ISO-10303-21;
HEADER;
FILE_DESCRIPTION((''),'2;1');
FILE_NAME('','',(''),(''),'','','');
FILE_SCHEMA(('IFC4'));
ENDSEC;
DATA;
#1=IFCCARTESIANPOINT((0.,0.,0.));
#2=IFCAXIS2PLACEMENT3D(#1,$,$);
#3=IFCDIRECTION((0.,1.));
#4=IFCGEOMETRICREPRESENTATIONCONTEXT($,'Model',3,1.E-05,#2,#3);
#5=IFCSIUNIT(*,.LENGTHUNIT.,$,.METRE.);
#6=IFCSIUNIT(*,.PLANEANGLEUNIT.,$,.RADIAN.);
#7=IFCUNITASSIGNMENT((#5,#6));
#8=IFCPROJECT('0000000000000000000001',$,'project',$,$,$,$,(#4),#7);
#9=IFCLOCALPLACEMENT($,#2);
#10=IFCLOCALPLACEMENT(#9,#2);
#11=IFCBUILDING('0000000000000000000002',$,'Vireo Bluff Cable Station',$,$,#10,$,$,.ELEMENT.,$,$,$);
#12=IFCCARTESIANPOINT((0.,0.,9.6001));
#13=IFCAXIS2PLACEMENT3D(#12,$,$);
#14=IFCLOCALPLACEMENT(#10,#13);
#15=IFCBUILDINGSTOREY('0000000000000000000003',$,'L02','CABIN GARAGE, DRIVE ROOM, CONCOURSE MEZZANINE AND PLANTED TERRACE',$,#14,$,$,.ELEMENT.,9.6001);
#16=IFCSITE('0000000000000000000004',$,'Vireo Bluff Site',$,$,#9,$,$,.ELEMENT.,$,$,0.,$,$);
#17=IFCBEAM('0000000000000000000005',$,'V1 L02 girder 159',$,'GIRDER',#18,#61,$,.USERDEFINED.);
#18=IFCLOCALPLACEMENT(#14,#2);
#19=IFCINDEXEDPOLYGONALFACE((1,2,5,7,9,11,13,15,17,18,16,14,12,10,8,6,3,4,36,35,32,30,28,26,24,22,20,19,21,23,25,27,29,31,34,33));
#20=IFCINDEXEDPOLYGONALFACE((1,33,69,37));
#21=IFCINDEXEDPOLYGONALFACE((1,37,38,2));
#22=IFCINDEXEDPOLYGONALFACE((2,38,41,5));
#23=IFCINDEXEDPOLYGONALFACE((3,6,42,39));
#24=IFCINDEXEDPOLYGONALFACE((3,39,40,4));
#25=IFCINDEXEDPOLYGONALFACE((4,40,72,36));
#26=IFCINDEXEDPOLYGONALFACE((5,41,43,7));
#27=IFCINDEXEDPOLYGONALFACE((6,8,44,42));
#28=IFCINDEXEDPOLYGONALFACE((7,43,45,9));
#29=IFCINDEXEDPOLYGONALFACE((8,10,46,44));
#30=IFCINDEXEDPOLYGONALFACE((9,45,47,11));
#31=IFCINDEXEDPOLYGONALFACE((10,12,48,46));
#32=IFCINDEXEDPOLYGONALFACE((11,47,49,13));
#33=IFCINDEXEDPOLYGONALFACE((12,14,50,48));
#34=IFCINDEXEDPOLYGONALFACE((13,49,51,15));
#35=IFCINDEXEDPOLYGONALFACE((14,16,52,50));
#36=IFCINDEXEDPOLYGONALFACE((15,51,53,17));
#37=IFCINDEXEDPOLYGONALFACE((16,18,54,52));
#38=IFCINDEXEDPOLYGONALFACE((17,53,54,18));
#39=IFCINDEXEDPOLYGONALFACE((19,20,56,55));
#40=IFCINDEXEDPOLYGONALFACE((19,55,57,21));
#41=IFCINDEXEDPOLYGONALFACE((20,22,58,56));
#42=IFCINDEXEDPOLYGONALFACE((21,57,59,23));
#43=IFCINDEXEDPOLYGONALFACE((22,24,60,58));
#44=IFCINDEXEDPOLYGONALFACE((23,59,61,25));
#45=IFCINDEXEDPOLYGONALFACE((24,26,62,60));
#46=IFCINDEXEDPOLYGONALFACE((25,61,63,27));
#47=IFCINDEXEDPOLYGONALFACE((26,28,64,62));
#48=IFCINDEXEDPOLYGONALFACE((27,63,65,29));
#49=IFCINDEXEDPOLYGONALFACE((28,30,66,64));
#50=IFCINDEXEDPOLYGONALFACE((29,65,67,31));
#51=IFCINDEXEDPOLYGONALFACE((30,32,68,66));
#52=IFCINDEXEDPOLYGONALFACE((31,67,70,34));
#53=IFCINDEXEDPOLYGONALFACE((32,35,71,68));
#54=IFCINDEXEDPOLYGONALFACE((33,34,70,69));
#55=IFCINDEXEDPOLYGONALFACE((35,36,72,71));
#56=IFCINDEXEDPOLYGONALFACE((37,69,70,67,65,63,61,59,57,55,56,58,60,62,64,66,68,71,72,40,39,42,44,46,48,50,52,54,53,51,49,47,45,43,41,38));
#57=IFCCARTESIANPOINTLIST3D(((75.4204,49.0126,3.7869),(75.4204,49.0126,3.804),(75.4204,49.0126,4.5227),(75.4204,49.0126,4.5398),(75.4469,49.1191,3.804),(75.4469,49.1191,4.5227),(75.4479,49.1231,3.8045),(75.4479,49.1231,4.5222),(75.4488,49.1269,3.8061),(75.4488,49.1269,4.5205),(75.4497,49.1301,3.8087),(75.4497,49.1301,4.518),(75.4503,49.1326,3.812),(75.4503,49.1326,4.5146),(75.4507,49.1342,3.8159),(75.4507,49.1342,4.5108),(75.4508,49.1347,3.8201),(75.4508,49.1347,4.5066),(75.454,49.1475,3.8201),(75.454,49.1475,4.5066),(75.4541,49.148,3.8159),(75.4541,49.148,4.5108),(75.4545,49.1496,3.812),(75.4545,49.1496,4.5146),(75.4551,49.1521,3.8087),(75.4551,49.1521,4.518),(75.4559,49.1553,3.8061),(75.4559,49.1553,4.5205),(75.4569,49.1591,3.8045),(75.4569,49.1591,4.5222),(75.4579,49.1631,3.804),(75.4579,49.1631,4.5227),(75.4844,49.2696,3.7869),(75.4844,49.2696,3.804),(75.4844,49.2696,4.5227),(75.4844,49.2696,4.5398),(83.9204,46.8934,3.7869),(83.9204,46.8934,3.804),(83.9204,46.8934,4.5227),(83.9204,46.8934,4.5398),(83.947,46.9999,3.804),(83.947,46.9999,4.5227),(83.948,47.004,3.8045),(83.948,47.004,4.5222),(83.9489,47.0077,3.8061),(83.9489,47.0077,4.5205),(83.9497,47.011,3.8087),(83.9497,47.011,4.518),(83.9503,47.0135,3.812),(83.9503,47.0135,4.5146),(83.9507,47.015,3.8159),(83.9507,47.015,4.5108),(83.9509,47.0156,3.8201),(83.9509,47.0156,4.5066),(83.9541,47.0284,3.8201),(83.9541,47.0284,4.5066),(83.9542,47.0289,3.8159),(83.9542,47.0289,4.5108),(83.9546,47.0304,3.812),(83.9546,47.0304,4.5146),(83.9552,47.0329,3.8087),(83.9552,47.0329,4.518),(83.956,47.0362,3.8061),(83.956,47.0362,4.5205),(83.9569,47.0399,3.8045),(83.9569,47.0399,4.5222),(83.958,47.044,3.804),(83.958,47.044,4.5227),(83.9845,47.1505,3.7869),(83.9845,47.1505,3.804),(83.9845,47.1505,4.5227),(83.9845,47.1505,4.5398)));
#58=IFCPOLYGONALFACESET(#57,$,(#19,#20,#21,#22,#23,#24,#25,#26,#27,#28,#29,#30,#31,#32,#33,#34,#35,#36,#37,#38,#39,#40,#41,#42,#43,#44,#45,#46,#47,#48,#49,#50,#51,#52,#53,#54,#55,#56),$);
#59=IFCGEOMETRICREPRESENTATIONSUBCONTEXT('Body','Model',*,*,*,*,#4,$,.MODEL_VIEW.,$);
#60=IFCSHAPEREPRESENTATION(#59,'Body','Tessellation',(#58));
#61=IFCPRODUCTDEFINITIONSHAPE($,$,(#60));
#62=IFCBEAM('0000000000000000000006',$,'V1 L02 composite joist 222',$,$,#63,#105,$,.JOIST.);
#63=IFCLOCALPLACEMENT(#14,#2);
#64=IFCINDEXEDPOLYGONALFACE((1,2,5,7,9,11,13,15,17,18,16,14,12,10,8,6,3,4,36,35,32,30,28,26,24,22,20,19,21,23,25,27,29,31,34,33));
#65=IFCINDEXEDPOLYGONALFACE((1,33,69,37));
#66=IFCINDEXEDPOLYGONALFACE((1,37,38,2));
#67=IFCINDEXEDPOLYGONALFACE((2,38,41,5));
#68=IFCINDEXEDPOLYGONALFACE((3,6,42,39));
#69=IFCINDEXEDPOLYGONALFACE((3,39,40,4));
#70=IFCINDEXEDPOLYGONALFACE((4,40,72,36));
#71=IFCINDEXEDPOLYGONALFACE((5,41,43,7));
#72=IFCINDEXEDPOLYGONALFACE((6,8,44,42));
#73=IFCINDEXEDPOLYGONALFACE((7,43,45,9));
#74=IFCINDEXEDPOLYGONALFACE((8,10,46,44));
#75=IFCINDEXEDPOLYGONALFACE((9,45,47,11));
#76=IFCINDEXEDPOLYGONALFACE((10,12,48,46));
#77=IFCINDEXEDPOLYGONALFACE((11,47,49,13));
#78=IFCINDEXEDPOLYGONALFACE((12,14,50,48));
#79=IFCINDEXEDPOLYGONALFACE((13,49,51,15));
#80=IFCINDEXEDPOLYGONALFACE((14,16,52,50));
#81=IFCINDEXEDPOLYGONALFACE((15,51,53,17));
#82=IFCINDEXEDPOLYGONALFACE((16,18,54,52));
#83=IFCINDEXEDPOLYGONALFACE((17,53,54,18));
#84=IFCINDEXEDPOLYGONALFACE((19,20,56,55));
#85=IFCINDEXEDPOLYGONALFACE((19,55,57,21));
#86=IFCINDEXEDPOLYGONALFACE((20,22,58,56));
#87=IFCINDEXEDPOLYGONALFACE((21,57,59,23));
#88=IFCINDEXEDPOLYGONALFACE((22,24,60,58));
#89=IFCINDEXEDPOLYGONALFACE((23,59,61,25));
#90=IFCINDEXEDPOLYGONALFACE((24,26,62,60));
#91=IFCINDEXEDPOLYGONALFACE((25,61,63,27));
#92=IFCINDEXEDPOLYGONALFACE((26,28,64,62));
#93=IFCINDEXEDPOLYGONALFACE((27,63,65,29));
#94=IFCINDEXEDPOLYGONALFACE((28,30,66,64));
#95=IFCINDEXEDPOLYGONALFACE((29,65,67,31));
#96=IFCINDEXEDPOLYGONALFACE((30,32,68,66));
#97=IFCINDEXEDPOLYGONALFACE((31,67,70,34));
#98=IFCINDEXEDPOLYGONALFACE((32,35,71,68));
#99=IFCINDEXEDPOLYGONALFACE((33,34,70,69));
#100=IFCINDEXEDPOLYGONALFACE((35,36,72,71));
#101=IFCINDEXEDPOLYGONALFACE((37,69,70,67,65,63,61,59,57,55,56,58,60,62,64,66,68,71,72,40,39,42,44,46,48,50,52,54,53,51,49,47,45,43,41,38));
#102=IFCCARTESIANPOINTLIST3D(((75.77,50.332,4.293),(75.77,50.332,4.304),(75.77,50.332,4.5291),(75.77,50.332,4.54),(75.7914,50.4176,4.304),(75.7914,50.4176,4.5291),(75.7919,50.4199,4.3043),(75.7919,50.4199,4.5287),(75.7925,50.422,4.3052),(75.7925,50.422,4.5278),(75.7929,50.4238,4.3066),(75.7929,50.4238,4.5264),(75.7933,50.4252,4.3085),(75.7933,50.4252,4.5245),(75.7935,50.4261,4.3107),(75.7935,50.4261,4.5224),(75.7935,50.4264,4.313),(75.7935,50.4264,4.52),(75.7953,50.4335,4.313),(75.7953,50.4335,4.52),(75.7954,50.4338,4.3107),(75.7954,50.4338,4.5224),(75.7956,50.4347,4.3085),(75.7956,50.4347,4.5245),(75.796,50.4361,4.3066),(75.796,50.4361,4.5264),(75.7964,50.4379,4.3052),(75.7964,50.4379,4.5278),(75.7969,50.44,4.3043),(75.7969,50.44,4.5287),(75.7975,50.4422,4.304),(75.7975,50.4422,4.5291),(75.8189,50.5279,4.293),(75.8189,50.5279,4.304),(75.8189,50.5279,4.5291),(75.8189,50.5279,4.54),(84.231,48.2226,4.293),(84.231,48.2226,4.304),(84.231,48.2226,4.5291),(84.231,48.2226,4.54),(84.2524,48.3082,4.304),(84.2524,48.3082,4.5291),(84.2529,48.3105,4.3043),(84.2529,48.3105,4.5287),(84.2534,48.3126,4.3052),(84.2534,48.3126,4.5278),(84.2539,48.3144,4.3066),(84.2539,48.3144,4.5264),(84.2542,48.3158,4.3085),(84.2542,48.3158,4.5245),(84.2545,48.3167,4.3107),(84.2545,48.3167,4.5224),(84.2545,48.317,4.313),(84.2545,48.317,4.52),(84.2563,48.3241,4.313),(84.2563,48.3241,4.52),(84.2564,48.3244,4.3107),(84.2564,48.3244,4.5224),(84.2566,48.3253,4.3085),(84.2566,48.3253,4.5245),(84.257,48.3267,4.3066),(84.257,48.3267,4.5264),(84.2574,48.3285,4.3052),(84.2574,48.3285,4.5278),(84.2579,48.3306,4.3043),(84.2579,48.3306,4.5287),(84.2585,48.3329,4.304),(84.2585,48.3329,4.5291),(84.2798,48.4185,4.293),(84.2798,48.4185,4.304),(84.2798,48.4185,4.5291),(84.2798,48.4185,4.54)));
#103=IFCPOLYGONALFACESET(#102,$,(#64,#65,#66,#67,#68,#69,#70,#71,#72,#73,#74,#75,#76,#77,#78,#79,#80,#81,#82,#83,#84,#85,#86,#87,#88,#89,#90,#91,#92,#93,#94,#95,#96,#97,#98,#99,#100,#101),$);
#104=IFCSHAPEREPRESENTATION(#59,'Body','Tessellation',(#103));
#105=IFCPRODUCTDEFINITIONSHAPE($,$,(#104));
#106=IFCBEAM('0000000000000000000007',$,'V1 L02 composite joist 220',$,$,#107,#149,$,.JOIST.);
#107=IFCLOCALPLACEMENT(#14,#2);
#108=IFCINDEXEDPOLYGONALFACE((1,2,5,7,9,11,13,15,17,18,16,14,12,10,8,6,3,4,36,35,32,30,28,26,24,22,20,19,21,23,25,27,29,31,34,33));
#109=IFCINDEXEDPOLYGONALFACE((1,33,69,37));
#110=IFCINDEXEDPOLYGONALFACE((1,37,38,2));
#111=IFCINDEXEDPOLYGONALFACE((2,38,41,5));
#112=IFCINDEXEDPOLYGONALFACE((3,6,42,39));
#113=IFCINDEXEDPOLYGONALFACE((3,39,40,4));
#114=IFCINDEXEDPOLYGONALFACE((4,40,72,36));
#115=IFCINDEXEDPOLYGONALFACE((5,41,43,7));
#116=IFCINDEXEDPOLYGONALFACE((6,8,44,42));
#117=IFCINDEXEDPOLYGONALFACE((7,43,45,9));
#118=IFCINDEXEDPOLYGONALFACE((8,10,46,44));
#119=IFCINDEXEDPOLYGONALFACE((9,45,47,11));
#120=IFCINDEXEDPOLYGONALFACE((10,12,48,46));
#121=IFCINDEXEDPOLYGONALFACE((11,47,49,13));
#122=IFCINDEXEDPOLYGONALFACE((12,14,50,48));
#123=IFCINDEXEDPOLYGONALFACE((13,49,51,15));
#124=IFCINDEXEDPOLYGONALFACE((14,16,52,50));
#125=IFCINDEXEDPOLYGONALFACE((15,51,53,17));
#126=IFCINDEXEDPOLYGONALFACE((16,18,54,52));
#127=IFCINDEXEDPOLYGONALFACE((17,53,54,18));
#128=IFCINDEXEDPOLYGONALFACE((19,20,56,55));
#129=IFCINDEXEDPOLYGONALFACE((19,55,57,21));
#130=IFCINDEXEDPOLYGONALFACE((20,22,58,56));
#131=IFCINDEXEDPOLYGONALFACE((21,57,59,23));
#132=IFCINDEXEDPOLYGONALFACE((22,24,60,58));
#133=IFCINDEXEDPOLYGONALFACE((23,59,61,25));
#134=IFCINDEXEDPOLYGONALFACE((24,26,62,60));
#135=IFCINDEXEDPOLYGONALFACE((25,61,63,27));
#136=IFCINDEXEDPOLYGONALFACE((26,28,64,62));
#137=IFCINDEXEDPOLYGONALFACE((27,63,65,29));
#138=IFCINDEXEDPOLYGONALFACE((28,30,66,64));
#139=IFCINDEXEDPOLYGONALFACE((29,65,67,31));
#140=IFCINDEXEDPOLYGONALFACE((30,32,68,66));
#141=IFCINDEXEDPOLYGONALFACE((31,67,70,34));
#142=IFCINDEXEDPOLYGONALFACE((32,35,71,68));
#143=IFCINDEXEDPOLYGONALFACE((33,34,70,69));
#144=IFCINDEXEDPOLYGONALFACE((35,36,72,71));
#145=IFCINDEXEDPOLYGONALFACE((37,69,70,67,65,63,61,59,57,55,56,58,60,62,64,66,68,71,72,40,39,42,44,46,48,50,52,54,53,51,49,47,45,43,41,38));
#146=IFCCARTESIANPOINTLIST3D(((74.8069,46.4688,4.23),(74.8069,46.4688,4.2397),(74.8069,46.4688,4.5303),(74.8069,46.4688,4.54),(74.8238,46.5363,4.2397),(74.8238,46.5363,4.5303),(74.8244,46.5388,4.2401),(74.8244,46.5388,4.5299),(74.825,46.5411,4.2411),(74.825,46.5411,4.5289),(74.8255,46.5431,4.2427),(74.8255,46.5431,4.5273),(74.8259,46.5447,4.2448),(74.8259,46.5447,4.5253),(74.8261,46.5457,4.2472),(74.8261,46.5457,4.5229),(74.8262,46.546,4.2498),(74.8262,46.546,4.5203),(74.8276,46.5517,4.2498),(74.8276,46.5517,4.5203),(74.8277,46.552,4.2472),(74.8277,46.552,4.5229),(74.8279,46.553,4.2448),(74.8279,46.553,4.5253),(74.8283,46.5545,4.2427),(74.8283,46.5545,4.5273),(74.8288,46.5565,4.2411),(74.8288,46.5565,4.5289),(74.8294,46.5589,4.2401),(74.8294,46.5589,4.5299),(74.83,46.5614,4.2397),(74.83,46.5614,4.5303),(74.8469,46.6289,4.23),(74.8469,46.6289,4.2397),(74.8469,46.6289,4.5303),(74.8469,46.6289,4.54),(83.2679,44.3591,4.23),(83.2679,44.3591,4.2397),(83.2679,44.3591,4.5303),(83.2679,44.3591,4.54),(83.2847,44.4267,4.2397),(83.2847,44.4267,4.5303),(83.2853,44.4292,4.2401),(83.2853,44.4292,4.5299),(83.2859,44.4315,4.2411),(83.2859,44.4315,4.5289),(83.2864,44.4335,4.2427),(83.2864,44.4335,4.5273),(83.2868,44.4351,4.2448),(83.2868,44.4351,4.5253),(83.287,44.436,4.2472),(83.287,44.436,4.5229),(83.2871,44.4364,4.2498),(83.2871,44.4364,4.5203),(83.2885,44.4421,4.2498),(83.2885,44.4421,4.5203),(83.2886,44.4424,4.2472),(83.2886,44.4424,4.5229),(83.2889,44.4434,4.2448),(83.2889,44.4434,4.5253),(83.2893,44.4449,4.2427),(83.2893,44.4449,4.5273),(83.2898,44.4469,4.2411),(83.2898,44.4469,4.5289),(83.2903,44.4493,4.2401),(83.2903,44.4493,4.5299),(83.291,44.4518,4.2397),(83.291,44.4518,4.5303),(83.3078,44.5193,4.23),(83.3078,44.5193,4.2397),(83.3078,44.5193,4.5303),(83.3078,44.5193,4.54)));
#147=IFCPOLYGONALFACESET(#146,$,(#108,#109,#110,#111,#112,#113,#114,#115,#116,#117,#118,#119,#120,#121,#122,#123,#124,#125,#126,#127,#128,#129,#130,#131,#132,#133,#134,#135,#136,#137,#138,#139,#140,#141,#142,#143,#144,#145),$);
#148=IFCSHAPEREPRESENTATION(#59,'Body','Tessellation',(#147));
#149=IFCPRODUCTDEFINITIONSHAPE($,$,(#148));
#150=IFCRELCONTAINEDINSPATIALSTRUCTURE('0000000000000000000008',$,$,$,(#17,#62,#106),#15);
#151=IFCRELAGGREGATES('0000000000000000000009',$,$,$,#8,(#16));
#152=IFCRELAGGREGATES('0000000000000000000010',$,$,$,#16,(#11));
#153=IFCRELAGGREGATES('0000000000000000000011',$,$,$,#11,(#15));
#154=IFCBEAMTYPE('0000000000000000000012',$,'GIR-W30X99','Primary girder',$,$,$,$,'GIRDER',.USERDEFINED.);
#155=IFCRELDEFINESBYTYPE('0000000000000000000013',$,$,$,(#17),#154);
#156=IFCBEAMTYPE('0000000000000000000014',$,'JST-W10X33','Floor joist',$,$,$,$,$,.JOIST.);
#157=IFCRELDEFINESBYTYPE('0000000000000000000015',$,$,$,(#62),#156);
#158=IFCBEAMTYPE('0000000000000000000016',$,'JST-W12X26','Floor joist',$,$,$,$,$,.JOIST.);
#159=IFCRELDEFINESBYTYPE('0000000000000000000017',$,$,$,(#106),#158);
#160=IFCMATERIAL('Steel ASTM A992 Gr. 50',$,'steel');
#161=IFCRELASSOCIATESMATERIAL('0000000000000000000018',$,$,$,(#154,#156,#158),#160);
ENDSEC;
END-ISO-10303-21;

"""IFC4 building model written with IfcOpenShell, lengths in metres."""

from ifc_helpers import new_model, si_unit, direction, frame, origin, origin_2d, place, context, subcontext, project, spatial, i_section, extrude, material, material_profile, profile_set, type_object, element, save


model = new_model("IFC4")

# Units and contexts
model_context = context("Model", 3, precision=1e-05, world=origin(), true_north=direction((0.0, 1.0)))
body_context = subcontext(model_context, "Body", "Model", "MODEL_VIEW")
ifc_project = project(units=[si_unit("LENGTHUNIT", "METRE"), si_unit("PLANEANGLEUNIT", "RADIAN")], contexts=[model_context])

# Site, building, storey
site_placement = place(None, origin())
site = spatial("IfcSite", under=ifc_project, at=site_placement, Name="Vireo Bluff Site", CompositionType="ELEMENT", RefElevation=0.0)
building_placement = place(site_placement, origin())
building = spatial("IfcBuilding", under=site, at=building_placement, Name="Vireo Bluff Cable Station", CompositionType="ELEMENT")
storey_placement = place(building_placement, frame((0.0, 0.0, 9.6001)))
storey = spatial("IfcBuildingStorey", under=building, at=storey_placement, Name="L02", Description="CABIN GARAGE, DRIVE ROOM, CONCOURSE MEZZANINE AND PLANTED TERRACE", CompositionType="ELEMENT", Elevation=9.6001)

# Shared definitions
ifc_material_1 = material(Name="Steel ASTM A992 Gr. 50", Category="steel")

# Beams
ifc_material_profile_1 = material_profile(ifc_material_1, i_section(OverallWidth=0.2649, OverallDepth=0.7529, WebThickness=0.0132, FlangeThickness=0.0171, FilletRadius=0.0161, at=origin_2d()), Name="W30X99")
ifc_profile_set_1 = profile_set([ifc_material_profile_1], Name="Steel ASTM A992 Gr. 50")
beam_type_1 = type_object("IfcBeamType", Name="GIR-W30X99", Description="Primary girder", ElementType="GIRDER", PredefinedType="USERDEFINED", material=ifc_profile_set_1)
beam_1_placement = place(storey_placement, frame((75.4524, 49.1411, 4.1633), z_axis=(0.9703, -0.241906, 0.0), x_axis=(0.241906, 0.9703, 0.0)))
element("IfcBeam", 1, at=beam_1_placement, inside=storey, type_object=beam_type_1, Name="V1 L02 girder 159", ObjectType="GIRDER", PredefinedType="USERDEFINED", context=body_context, shape_type="SweptSolid", body=[
    extrude(i_section(OverallWidth=0.2649, OverallDepth=0.7529, WebThickness=0.0132, FlangeThickness=0.0171, FilletRadius=0.0161, at=origin_2d()), origin(), (0.0, 0.0, 1.0), 8.7603),
])
ifc_material_profile_2 = material_profile(ifc_material_1, i_section(OverallWidth=0.2019, OverallDepth=0.2471, WebThickness=0.0073, FlangeThickness=0.011, FilletRadius=0.009, at=origin_2d()), Name="W10X33")
ifc_profile_set_2 = profile_set([ifc_material_profile_2], Name="Steel ASTM A992 Gr. 50")
beam_type_2 = type_object("IfcBeamType", Name="JST-W10X33", Description="Floor joist", PredefinedType="JOIST", material=ifc_profile_set_2)
beam_2_placement = place(storey_placement, frame((75.7944, 50.4299, 4.4165), z_axis=(0.9703, -0.241903, 0.0), x_axis=(0.241903, 0.9703, 0.0)))
element("IfcBeam", 2, at=beam_2_placement, inside=storey, type_object=beam_type_2, Name="V1 L02 composite joist 222", PredefinedType="JOIST", context=body_context, shape_type="SweptSolid", body=[
    extrude(i_section(OverallWidth=0.2019, OverallDepth=0.2471, WebThickness=0.0073, FlangeThickness=0.011, FilletRadius=0.009, at=origin_2d()), origin(), (0.0, 0.0, 1.0), 8.72),
])
ifc_material_profile_3 = material_profile(ifc_material_1, i_section(OverallWidth=0.165, OverallDepth=0.3101, WebThickness=0.0059, FlangeThickness=0.0098, FilletRadius=0.01, at=origin_2d()), Name="W12X26")
ifc_profile_set_3 = profile_set([ifc_material_profile_3], Name="Steel ASTM A992 Gr. 50")
beam_type_3 = type_object("IfcBeamType", Name="JST-W12X26", Description="Floor joist", PredefinedType="JOIST", material=ifc_profile_set_3)
beam_3_placement = place(storey_placement, frame((74.8269, 46.5488, 4.385), z_axis=(0.970294, -0.24193, 0.0), x_axis=(0.24193, 0.970294, 0.0)))
element("IfcBeam", 3, at=beam_3_placement, inside=storey, type_object=beam_type_3, Name="V1 L02 composite joist 220", PredefinedType="JOIST", context=body_context, shape_type="SweptSolid", body=[
    extrude(i_section(OverallWidth=0.165, OverallDepth=0.3101, WebThickness=0.0059, FlangeThickness=0.0098, FilletRadius=0.01, at=origin_2d()), origin(), (0.0, 0.0, 1.0), 8.72),
])

save(model, "model.ifc")
